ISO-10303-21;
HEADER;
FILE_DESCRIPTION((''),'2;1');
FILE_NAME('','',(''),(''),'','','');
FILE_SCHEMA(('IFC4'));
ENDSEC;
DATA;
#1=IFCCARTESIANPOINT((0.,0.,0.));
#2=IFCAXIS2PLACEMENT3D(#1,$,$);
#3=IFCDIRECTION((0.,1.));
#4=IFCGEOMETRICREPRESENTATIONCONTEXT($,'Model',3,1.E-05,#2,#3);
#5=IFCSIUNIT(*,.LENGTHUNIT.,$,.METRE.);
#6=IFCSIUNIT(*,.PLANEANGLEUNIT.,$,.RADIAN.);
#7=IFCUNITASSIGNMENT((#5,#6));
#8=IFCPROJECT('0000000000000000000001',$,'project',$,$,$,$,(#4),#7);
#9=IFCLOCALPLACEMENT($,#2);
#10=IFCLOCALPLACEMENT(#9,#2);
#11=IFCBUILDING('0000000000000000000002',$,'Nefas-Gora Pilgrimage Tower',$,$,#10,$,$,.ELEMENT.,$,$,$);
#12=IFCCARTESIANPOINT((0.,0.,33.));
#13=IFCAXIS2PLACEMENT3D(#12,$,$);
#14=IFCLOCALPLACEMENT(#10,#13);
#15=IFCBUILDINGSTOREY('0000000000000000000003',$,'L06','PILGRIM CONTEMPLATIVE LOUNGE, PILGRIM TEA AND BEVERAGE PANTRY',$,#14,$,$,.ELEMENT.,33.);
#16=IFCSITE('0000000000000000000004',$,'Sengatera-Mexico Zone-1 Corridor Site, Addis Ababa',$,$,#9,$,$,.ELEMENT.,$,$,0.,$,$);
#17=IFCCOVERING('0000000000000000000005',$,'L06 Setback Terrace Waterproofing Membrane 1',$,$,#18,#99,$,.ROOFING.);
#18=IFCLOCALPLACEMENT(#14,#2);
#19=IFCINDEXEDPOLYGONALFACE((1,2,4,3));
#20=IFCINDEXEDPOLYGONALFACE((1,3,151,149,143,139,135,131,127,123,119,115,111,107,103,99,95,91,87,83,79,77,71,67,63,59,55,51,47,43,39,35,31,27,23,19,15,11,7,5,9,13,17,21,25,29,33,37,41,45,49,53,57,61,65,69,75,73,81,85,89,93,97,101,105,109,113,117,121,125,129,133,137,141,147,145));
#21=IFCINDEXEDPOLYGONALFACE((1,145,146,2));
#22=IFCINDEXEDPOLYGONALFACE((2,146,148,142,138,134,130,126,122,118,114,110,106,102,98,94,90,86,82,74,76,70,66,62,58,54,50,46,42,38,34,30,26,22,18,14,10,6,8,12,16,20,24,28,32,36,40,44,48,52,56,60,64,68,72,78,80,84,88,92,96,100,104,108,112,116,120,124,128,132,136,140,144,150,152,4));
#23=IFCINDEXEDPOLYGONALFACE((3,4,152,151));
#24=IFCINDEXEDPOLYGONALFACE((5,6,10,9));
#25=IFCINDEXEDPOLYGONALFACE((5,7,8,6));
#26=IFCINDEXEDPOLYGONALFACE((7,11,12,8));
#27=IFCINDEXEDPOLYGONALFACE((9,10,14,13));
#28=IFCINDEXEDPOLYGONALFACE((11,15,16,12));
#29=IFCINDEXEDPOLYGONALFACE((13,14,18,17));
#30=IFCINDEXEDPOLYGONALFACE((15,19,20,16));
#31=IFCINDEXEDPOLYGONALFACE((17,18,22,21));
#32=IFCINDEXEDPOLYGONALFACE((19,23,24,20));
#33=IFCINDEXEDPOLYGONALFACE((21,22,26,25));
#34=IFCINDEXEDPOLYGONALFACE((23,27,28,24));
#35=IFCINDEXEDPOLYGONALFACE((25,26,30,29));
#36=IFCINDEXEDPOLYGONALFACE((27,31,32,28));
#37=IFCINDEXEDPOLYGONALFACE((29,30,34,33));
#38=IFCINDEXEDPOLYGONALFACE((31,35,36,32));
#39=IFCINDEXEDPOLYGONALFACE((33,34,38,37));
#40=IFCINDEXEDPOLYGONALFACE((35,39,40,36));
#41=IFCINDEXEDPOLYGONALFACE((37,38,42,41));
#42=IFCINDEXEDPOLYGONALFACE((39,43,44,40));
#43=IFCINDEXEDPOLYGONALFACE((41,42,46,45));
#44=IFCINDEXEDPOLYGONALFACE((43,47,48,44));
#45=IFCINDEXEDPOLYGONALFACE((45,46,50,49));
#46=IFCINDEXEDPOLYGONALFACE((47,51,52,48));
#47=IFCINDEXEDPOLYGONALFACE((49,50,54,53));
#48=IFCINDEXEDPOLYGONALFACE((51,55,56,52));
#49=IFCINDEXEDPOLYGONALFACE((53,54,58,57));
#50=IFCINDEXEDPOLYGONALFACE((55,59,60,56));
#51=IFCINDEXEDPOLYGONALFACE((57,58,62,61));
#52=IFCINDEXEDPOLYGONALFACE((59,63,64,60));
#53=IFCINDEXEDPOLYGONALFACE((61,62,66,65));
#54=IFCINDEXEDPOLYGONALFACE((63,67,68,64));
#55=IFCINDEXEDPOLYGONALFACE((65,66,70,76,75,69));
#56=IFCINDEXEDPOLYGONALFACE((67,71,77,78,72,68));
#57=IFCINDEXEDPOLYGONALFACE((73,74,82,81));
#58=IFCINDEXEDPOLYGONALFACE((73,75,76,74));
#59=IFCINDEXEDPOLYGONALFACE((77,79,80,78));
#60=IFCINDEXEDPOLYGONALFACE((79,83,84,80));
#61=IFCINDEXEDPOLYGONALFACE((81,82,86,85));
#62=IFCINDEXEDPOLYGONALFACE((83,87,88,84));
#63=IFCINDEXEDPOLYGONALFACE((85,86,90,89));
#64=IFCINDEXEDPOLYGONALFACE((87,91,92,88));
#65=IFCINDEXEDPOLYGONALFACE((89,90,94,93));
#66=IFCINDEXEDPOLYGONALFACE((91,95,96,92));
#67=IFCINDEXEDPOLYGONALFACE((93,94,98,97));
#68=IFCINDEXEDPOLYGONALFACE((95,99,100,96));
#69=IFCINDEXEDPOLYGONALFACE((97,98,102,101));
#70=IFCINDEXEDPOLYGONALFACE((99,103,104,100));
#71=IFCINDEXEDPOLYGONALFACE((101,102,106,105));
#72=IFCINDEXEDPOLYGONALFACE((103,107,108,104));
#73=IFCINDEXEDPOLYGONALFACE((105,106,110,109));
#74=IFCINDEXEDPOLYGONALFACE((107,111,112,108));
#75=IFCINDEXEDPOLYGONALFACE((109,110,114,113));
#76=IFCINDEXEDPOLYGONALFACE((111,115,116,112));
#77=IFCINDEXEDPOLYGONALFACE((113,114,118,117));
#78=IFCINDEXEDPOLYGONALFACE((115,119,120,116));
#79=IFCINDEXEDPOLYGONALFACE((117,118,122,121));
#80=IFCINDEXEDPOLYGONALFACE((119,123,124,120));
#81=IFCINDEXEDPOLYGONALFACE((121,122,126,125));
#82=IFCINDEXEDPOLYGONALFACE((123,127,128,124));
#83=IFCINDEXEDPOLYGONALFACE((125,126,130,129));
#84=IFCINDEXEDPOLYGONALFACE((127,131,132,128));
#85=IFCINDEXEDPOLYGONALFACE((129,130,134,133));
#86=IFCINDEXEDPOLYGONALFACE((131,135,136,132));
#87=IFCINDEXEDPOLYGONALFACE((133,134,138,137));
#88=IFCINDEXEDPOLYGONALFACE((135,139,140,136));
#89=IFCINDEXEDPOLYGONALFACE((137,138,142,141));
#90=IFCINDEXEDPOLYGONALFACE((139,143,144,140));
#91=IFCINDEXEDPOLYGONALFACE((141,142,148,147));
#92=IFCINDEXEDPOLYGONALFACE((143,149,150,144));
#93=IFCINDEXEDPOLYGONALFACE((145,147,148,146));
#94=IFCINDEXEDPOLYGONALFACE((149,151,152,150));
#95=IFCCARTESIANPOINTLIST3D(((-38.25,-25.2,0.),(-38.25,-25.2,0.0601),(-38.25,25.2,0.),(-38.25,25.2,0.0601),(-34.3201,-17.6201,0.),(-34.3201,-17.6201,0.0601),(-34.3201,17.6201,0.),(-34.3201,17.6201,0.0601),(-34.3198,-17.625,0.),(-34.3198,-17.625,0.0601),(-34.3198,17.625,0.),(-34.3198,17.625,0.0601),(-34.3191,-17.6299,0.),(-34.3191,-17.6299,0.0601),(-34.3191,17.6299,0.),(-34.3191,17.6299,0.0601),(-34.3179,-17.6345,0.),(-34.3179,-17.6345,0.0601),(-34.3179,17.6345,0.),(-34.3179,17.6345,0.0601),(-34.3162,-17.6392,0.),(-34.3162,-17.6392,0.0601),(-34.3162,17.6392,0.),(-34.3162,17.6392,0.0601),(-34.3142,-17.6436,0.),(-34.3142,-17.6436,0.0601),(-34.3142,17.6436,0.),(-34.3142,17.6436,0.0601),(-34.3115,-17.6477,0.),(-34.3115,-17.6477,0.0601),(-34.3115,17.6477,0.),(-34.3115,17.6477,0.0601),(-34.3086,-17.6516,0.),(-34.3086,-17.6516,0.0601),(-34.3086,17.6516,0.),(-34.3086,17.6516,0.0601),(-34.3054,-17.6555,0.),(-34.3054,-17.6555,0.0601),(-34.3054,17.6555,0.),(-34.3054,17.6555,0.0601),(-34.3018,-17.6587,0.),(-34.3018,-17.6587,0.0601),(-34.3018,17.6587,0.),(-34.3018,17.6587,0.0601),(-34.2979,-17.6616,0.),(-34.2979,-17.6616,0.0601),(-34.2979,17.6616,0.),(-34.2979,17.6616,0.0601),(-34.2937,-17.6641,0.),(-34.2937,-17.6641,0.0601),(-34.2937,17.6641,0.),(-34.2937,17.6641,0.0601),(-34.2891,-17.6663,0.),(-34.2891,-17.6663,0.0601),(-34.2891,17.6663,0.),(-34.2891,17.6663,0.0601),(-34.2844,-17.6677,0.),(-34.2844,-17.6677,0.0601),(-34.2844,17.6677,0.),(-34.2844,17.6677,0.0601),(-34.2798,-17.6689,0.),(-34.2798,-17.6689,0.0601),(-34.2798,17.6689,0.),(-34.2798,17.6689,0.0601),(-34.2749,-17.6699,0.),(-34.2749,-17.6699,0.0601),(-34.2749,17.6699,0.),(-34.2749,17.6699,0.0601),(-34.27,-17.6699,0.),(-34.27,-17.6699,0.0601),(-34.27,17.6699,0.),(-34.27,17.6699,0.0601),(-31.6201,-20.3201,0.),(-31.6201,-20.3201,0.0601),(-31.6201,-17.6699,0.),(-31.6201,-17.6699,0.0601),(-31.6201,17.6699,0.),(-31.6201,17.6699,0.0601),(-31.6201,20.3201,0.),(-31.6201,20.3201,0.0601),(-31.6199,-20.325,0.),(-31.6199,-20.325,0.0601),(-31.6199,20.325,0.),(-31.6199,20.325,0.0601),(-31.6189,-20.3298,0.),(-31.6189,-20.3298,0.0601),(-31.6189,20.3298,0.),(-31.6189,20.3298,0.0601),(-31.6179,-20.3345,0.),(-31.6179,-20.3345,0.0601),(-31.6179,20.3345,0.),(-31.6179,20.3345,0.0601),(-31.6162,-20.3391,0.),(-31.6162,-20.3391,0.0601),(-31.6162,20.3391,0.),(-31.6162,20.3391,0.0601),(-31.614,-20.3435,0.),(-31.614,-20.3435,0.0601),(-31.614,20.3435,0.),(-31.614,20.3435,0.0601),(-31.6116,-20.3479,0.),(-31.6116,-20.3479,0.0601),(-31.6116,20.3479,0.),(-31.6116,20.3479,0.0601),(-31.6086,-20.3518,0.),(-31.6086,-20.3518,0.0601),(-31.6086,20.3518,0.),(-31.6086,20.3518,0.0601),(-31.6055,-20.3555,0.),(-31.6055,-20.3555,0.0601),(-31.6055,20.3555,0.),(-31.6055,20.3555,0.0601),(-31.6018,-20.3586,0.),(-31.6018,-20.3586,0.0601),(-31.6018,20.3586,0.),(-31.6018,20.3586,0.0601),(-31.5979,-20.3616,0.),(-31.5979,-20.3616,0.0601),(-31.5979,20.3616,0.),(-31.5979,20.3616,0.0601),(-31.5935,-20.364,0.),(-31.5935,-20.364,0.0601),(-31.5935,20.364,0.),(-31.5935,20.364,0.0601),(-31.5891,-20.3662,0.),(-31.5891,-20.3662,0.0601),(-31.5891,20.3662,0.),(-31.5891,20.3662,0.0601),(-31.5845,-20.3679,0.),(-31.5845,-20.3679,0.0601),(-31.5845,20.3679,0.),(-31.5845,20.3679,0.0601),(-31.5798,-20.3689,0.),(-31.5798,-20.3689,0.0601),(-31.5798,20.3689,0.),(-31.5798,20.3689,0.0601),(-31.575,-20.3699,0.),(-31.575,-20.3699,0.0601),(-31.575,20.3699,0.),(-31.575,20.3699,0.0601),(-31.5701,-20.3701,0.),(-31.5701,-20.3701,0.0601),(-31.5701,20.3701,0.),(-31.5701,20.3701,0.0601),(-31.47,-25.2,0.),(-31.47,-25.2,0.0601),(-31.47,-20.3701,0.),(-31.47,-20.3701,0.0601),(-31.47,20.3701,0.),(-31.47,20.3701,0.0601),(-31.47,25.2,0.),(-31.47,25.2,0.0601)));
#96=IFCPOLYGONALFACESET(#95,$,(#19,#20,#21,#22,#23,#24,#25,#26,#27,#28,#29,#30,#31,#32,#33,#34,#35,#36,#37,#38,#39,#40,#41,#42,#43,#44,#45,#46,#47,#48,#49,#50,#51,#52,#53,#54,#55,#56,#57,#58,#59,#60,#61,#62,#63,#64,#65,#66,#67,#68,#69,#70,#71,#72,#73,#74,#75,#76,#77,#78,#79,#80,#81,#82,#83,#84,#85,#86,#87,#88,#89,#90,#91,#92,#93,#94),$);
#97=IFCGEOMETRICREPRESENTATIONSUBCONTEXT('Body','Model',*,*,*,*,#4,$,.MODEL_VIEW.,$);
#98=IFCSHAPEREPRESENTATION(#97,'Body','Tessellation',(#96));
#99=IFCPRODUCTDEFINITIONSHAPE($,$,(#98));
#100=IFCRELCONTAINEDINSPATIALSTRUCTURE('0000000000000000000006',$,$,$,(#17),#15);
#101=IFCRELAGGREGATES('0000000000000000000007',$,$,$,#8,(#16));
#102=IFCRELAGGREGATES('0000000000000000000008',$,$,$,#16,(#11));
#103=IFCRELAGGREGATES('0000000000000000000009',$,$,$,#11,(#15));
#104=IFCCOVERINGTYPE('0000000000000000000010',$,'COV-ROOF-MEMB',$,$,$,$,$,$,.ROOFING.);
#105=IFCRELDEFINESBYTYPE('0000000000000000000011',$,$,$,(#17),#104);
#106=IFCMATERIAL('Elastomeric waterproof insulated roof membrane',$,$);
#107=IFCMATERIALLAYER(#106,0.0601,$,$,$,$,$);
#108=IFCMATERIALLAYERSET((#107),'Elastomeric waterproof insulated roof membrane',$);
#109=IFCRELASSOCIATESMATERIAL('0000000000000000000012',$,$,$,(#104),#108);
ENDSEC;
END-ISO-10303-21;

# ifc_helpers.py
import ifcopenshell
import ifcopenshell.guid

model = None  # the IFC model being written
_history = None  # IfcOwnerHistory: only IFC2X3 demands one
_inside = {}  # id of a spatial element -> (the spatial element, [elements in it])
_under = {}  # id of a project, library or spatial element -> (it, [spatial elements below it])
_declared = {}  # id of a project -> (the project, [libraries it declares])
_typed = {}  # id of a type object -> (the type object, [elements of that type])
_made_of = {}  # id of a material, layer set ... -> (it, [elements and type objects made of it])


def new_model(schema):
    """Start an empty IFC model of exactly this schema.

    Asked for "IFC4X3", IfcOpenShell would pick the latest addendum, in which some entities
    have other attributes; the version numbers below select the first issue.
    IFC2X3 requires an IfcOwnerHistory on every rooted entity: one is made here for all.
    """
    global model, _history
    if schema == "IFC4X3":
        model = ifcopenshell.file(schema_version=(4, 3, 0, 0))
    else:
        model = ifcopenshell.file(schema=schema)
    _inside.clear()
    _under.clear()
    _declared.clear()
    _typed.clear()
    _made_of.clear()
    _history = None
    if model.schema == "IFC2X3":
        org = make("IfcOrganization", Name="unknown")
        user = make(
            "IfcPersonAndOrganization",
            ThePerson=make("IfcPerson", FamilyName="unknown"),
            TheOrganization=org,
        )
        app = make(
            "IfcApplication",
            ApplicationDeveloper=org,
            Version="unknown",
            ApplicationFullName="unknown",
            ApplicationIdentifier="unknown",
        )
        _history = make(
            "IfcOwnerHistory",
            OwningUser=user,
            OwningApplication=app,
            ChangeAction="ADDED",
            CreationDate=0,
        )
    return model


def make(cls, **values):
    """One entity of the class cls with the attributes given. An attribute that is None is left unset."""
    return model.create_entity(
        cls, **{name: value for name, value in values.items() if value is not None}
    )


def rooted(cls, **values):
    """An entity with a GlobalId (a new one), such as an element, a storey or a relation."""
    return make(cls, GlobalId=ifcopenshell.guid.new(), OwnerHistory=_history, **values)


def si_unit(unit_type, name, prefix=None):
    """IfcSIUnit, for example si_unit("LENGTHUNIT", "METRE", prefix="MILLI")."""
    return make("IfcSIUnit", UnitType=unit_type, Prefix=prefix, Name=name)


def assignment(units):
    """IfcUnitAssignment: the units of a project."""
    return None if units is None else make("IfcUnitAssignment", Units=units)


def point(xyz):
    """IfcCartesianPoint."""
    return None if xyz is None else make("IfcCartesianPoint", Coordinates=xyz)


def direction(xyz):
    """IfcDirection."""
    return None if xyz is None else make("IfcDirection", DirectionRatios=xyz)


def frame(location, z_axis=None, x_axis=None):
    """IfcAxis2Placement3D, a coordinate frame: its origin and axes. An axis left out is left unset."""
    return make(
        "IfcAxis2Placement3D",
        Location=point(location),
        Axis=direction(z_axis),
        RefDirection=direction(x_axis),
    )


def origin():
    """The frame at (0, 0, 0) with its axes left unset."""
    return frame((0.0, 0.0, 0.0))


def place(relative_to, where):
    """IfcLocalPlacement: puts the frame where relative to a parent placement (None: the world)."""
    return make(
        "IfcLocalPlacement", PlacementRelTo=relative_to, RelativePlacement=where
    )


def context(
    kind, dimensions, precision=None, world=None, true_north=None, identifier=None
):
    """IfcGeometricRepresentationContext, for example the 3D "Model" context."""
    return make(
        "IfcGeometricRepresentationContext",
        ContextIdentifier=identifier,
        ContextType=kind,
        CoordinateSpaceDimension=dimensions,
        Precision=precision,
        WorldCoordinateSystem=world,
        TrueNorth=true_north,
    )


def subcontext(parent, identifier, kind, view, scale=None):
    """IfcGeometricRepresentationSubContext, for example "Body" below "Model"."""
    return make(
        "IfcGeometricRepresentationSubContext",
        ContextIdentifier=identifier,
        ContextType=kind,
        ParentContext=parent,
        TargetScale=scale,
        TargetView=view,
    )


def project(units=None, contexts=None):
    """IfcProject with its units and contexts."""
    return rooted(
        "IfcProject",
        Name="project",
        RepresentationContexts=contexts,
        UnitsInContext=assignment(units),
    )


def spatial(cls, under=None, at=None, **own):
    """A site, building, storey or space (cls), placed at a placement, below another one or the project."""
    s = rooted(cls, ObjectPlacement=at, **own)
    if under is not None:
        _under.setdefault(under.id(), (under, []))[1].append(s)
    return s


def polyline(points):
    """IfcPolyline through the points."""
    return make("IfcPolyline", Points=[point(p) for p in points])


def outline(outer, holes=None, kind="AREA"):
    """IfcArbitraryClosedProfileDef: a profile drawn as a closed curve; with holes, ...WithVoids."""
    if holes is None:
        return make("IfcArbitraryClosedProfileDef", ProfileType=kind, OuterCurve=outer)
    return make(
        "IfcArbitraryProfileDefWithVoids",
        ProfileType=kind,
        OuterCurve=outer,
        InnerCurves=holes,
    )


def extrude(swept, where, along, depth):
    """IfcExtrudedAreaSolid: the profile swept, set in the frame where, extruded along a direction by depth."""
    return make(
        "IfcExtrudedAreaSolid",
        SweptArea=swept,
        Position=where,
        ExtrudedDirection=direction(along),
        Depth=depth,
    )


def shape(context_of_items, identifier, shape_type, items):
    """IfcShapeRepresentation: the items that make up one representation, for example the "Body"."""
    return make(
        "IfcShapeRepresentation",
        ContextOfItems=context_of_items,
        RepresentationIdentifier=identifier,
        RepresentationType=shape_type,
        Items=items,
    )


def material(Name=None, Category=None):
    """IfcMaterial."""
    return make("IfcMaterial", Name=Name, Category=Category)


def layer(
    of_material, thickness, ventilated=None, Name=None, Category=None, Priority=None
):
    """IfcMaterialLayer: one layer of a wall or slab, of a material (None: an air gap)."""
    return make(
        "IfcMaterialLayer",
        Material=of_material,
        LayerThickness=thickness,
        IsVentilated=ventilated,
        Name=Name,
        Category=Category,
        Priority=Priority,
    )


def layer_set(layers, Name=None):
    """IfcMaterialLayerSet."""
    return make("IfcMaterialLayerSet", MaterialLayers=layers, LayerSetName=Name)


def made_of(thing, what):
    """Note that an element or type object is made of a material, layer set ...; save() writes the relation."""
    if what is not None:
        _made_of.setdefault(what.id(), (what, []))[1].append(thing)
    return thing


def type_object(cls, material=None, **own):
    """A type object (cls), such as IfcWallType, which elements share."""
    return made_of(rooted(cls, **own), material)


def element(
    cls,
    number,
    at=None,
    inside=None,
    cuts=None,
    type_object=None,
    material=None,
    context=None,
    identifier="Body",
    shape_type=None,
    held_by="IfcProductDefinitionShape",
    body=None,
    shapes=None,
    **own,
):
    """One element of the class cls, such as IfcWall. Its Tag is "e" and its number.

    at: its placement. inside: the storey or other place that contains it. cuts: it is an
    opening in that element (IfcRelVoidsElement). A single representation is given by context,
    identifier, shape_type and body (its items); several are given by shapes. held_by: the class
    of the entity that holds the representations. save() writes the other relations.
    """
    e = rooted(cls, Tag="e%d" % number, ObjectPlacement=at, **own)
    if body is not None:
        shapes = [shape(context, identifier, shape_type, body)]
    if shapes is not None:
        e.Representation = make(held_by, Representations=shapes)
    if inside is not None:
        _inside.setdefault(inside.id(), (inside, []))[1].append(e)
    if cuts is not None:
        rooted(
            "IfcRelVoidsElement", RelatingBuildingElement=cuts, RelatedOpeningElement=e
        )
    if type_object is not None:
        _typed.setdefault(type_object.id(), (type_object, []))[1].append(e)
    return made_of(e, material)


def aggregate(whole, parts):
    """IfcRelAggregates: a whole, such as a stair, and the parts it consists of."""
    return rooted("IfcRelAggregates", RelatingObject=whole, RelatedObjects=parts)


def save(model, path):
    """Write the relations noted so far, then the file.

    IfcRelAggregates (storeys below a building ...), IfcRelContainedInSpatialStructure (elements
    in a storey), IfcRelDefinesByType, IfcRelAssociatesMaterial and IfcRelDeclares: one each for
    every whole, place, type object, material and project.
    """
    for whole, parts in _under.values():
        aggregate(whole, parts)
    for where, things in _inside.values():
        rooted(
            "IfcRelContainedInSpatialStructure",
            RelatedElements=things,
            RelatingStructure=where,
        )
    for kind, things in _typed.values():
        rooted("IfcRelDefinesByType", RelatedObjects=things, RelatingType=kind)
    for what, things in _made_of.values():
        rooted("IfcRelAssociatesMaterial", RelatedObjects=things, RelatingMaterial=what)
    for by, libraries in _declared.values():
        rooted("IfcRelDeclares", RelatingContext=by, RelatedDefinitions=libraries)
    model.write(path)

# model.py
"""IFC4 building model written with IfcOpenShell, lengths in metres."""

from ifc_helpers import new_model, si_unit, direction, frame, origin, place, context, subcontext, project, spatial, polyline, outline, extrude, material, layer, layer_set, type_object, element, save


model = new_model("IFC4")

# Units and contexts
model_context = context("Model", 3, precision=1e-05, world=origin(), true_north=direction((0.0, 1.0)))
body_context = subcontext(model_context, "Body", "Model", "MODEL_VIEW")
ifc_project = project(units=[si_unit("LENGTHUNIT", "METRE"), si_unit("PLANEANGLEUNIT", "RADIAN")], contexts=[model_context])

# Site, building, storey
site_placement = place(None, origin())
site = spatial("IfcSite", under=ifc_project, at=site_placement, Name="Sengatera-Mexico Zone-1 Corridor Site, Addis Ababa", CompositionType="ELEMENT", RefElevation=0.0)
building_placement = place(site_placement, origin())
building = spatial("IfcBuilding", under=site, at=building_placement, Name="Nefas-Gora Pilgrimage Tower", CompositionType="ELEMENT")
storey_placement = place(building_placement, frame((0.0, 0.0, 33.0)))
storey = spatial("IfcBuildingStorey", under=building, at=storey_placement, Name="L06", Description="PILGRIM CONTEMPLATIVE LOUNGE, PILGRIM TEA AND BEVERAGE PANTRY", CompositionType="ELEMENT", Elevation=33.0)

# Covering
ifc_material_1 = material(Name="Elastomeric waterproof insulated roof membrane")
ifc_layer_1 = layer(ifc_material_1, 0.0601)
ifc_layer_set_1 = layer_set([ifc_layer_1], Name="Elastomeric waterproof insulated roof membrane")
covering_type = type_object("IfcCoveringType", Name="COV-ROOF-MEMB", PredefinedType="ROOFING", material=ifc_layer_set_1)
covering_1_placement = place(storey_placement, origin())
element("IfcCovering", 1, at=covering_1_placement, inside=storey, type_object=covering_type, Name="L06 Setback Terrace Waterproofing Membrane 1", PredefinedType="ROOFING", context=body_context, shape_type="SweptSolid", body=[
    extrude(outline(polyline([(-38.25, -25.2), (-31.47, -25.2), (-31.47, -20.3701), (-31.5701, -20.3701), (-31.575, -20.3699), (-31.5798, -20.3689), (-31.5845, -20.3679), (-31.5891, -20.3662), (-31.5935, -20.364), (-31.5979, -20.3616), (-31.6018, -20.3586), (-31.6055, -20.3555), (-31.6086, -20.3518), (-31.6116, -20.3479), (-31.614, -20.3435), (-31.6162, -20.3391), (-31.6179, -20.3345), (-31.6189, -20.3298), (-31.6199, -20.325), (-31.6201, -20.3201), (-31.6201, -17.6699), (-34.27, -17.6699), (-34.2749, -17.6699), (-34.2798, -17.6689), (-34.2844, -17.6677), (-34.2891, -17.6663), (-34.2937, -17.6641), (-34.2979, -17.6616), (-34.3018, -17.6587), (-34.3054, -17.6555), (-34.3086, -17.6516), (-34.3115, -17.6477), (-34.3142, -17.6436), (-34.3162, -17.6392), (-34.3179, -17.6345), (-34.3191, -17.6299), (-34.3198, -17.625), (-34.3201, -17.6201), (-34.3201, 17.6201), (-34.3198, 17.625), (-34.3191, 17.6299), (-34.3179, 17.6345), (-34.3162, 17.6392), (-34.3142, 17.6436), (-34.3115, 17.6477), (-34.3086, 17.6516), (-34.3054, 17.6555), (-34.3018, 17.6587), (-34.2979, 17.6616), (-34.2937, 17.6641), (-34.2891, 17.6663), (-34.2844, 17.6677), (-34.2798, 17.6689), (-34.2749, 17.6699), (-34.27, 17.6699), (-31.6201, 17.6699), (-31.6201, 20.3201), (-31.6199, 20.325), (-31.6189, 20.3298), (-31.6179, 20.3345), (-31.6162, 20.3391), (-31.614, 20.3435), (-31.6116, 20.3479), (-31.6086, 20.3518), (-31.6055, 20.3555), (-31.6018, 20.3586), (-31.5979, 20.3616), (-31.5935, 20.364), (-31.5891, 20.3662), (-31.5845, 20.3679), (-31.5798, 20.3689), (-31.575, 20.3699), (-31.5701, 20.3701), (-31.47, 20.3701), (-31.47, 25.2), (-38.25, 25.2), (-38.25, -25.2)])), origin(), (0.0, 0.0, 1.0), 0.0601),
])

save(model, "model.ifc")
